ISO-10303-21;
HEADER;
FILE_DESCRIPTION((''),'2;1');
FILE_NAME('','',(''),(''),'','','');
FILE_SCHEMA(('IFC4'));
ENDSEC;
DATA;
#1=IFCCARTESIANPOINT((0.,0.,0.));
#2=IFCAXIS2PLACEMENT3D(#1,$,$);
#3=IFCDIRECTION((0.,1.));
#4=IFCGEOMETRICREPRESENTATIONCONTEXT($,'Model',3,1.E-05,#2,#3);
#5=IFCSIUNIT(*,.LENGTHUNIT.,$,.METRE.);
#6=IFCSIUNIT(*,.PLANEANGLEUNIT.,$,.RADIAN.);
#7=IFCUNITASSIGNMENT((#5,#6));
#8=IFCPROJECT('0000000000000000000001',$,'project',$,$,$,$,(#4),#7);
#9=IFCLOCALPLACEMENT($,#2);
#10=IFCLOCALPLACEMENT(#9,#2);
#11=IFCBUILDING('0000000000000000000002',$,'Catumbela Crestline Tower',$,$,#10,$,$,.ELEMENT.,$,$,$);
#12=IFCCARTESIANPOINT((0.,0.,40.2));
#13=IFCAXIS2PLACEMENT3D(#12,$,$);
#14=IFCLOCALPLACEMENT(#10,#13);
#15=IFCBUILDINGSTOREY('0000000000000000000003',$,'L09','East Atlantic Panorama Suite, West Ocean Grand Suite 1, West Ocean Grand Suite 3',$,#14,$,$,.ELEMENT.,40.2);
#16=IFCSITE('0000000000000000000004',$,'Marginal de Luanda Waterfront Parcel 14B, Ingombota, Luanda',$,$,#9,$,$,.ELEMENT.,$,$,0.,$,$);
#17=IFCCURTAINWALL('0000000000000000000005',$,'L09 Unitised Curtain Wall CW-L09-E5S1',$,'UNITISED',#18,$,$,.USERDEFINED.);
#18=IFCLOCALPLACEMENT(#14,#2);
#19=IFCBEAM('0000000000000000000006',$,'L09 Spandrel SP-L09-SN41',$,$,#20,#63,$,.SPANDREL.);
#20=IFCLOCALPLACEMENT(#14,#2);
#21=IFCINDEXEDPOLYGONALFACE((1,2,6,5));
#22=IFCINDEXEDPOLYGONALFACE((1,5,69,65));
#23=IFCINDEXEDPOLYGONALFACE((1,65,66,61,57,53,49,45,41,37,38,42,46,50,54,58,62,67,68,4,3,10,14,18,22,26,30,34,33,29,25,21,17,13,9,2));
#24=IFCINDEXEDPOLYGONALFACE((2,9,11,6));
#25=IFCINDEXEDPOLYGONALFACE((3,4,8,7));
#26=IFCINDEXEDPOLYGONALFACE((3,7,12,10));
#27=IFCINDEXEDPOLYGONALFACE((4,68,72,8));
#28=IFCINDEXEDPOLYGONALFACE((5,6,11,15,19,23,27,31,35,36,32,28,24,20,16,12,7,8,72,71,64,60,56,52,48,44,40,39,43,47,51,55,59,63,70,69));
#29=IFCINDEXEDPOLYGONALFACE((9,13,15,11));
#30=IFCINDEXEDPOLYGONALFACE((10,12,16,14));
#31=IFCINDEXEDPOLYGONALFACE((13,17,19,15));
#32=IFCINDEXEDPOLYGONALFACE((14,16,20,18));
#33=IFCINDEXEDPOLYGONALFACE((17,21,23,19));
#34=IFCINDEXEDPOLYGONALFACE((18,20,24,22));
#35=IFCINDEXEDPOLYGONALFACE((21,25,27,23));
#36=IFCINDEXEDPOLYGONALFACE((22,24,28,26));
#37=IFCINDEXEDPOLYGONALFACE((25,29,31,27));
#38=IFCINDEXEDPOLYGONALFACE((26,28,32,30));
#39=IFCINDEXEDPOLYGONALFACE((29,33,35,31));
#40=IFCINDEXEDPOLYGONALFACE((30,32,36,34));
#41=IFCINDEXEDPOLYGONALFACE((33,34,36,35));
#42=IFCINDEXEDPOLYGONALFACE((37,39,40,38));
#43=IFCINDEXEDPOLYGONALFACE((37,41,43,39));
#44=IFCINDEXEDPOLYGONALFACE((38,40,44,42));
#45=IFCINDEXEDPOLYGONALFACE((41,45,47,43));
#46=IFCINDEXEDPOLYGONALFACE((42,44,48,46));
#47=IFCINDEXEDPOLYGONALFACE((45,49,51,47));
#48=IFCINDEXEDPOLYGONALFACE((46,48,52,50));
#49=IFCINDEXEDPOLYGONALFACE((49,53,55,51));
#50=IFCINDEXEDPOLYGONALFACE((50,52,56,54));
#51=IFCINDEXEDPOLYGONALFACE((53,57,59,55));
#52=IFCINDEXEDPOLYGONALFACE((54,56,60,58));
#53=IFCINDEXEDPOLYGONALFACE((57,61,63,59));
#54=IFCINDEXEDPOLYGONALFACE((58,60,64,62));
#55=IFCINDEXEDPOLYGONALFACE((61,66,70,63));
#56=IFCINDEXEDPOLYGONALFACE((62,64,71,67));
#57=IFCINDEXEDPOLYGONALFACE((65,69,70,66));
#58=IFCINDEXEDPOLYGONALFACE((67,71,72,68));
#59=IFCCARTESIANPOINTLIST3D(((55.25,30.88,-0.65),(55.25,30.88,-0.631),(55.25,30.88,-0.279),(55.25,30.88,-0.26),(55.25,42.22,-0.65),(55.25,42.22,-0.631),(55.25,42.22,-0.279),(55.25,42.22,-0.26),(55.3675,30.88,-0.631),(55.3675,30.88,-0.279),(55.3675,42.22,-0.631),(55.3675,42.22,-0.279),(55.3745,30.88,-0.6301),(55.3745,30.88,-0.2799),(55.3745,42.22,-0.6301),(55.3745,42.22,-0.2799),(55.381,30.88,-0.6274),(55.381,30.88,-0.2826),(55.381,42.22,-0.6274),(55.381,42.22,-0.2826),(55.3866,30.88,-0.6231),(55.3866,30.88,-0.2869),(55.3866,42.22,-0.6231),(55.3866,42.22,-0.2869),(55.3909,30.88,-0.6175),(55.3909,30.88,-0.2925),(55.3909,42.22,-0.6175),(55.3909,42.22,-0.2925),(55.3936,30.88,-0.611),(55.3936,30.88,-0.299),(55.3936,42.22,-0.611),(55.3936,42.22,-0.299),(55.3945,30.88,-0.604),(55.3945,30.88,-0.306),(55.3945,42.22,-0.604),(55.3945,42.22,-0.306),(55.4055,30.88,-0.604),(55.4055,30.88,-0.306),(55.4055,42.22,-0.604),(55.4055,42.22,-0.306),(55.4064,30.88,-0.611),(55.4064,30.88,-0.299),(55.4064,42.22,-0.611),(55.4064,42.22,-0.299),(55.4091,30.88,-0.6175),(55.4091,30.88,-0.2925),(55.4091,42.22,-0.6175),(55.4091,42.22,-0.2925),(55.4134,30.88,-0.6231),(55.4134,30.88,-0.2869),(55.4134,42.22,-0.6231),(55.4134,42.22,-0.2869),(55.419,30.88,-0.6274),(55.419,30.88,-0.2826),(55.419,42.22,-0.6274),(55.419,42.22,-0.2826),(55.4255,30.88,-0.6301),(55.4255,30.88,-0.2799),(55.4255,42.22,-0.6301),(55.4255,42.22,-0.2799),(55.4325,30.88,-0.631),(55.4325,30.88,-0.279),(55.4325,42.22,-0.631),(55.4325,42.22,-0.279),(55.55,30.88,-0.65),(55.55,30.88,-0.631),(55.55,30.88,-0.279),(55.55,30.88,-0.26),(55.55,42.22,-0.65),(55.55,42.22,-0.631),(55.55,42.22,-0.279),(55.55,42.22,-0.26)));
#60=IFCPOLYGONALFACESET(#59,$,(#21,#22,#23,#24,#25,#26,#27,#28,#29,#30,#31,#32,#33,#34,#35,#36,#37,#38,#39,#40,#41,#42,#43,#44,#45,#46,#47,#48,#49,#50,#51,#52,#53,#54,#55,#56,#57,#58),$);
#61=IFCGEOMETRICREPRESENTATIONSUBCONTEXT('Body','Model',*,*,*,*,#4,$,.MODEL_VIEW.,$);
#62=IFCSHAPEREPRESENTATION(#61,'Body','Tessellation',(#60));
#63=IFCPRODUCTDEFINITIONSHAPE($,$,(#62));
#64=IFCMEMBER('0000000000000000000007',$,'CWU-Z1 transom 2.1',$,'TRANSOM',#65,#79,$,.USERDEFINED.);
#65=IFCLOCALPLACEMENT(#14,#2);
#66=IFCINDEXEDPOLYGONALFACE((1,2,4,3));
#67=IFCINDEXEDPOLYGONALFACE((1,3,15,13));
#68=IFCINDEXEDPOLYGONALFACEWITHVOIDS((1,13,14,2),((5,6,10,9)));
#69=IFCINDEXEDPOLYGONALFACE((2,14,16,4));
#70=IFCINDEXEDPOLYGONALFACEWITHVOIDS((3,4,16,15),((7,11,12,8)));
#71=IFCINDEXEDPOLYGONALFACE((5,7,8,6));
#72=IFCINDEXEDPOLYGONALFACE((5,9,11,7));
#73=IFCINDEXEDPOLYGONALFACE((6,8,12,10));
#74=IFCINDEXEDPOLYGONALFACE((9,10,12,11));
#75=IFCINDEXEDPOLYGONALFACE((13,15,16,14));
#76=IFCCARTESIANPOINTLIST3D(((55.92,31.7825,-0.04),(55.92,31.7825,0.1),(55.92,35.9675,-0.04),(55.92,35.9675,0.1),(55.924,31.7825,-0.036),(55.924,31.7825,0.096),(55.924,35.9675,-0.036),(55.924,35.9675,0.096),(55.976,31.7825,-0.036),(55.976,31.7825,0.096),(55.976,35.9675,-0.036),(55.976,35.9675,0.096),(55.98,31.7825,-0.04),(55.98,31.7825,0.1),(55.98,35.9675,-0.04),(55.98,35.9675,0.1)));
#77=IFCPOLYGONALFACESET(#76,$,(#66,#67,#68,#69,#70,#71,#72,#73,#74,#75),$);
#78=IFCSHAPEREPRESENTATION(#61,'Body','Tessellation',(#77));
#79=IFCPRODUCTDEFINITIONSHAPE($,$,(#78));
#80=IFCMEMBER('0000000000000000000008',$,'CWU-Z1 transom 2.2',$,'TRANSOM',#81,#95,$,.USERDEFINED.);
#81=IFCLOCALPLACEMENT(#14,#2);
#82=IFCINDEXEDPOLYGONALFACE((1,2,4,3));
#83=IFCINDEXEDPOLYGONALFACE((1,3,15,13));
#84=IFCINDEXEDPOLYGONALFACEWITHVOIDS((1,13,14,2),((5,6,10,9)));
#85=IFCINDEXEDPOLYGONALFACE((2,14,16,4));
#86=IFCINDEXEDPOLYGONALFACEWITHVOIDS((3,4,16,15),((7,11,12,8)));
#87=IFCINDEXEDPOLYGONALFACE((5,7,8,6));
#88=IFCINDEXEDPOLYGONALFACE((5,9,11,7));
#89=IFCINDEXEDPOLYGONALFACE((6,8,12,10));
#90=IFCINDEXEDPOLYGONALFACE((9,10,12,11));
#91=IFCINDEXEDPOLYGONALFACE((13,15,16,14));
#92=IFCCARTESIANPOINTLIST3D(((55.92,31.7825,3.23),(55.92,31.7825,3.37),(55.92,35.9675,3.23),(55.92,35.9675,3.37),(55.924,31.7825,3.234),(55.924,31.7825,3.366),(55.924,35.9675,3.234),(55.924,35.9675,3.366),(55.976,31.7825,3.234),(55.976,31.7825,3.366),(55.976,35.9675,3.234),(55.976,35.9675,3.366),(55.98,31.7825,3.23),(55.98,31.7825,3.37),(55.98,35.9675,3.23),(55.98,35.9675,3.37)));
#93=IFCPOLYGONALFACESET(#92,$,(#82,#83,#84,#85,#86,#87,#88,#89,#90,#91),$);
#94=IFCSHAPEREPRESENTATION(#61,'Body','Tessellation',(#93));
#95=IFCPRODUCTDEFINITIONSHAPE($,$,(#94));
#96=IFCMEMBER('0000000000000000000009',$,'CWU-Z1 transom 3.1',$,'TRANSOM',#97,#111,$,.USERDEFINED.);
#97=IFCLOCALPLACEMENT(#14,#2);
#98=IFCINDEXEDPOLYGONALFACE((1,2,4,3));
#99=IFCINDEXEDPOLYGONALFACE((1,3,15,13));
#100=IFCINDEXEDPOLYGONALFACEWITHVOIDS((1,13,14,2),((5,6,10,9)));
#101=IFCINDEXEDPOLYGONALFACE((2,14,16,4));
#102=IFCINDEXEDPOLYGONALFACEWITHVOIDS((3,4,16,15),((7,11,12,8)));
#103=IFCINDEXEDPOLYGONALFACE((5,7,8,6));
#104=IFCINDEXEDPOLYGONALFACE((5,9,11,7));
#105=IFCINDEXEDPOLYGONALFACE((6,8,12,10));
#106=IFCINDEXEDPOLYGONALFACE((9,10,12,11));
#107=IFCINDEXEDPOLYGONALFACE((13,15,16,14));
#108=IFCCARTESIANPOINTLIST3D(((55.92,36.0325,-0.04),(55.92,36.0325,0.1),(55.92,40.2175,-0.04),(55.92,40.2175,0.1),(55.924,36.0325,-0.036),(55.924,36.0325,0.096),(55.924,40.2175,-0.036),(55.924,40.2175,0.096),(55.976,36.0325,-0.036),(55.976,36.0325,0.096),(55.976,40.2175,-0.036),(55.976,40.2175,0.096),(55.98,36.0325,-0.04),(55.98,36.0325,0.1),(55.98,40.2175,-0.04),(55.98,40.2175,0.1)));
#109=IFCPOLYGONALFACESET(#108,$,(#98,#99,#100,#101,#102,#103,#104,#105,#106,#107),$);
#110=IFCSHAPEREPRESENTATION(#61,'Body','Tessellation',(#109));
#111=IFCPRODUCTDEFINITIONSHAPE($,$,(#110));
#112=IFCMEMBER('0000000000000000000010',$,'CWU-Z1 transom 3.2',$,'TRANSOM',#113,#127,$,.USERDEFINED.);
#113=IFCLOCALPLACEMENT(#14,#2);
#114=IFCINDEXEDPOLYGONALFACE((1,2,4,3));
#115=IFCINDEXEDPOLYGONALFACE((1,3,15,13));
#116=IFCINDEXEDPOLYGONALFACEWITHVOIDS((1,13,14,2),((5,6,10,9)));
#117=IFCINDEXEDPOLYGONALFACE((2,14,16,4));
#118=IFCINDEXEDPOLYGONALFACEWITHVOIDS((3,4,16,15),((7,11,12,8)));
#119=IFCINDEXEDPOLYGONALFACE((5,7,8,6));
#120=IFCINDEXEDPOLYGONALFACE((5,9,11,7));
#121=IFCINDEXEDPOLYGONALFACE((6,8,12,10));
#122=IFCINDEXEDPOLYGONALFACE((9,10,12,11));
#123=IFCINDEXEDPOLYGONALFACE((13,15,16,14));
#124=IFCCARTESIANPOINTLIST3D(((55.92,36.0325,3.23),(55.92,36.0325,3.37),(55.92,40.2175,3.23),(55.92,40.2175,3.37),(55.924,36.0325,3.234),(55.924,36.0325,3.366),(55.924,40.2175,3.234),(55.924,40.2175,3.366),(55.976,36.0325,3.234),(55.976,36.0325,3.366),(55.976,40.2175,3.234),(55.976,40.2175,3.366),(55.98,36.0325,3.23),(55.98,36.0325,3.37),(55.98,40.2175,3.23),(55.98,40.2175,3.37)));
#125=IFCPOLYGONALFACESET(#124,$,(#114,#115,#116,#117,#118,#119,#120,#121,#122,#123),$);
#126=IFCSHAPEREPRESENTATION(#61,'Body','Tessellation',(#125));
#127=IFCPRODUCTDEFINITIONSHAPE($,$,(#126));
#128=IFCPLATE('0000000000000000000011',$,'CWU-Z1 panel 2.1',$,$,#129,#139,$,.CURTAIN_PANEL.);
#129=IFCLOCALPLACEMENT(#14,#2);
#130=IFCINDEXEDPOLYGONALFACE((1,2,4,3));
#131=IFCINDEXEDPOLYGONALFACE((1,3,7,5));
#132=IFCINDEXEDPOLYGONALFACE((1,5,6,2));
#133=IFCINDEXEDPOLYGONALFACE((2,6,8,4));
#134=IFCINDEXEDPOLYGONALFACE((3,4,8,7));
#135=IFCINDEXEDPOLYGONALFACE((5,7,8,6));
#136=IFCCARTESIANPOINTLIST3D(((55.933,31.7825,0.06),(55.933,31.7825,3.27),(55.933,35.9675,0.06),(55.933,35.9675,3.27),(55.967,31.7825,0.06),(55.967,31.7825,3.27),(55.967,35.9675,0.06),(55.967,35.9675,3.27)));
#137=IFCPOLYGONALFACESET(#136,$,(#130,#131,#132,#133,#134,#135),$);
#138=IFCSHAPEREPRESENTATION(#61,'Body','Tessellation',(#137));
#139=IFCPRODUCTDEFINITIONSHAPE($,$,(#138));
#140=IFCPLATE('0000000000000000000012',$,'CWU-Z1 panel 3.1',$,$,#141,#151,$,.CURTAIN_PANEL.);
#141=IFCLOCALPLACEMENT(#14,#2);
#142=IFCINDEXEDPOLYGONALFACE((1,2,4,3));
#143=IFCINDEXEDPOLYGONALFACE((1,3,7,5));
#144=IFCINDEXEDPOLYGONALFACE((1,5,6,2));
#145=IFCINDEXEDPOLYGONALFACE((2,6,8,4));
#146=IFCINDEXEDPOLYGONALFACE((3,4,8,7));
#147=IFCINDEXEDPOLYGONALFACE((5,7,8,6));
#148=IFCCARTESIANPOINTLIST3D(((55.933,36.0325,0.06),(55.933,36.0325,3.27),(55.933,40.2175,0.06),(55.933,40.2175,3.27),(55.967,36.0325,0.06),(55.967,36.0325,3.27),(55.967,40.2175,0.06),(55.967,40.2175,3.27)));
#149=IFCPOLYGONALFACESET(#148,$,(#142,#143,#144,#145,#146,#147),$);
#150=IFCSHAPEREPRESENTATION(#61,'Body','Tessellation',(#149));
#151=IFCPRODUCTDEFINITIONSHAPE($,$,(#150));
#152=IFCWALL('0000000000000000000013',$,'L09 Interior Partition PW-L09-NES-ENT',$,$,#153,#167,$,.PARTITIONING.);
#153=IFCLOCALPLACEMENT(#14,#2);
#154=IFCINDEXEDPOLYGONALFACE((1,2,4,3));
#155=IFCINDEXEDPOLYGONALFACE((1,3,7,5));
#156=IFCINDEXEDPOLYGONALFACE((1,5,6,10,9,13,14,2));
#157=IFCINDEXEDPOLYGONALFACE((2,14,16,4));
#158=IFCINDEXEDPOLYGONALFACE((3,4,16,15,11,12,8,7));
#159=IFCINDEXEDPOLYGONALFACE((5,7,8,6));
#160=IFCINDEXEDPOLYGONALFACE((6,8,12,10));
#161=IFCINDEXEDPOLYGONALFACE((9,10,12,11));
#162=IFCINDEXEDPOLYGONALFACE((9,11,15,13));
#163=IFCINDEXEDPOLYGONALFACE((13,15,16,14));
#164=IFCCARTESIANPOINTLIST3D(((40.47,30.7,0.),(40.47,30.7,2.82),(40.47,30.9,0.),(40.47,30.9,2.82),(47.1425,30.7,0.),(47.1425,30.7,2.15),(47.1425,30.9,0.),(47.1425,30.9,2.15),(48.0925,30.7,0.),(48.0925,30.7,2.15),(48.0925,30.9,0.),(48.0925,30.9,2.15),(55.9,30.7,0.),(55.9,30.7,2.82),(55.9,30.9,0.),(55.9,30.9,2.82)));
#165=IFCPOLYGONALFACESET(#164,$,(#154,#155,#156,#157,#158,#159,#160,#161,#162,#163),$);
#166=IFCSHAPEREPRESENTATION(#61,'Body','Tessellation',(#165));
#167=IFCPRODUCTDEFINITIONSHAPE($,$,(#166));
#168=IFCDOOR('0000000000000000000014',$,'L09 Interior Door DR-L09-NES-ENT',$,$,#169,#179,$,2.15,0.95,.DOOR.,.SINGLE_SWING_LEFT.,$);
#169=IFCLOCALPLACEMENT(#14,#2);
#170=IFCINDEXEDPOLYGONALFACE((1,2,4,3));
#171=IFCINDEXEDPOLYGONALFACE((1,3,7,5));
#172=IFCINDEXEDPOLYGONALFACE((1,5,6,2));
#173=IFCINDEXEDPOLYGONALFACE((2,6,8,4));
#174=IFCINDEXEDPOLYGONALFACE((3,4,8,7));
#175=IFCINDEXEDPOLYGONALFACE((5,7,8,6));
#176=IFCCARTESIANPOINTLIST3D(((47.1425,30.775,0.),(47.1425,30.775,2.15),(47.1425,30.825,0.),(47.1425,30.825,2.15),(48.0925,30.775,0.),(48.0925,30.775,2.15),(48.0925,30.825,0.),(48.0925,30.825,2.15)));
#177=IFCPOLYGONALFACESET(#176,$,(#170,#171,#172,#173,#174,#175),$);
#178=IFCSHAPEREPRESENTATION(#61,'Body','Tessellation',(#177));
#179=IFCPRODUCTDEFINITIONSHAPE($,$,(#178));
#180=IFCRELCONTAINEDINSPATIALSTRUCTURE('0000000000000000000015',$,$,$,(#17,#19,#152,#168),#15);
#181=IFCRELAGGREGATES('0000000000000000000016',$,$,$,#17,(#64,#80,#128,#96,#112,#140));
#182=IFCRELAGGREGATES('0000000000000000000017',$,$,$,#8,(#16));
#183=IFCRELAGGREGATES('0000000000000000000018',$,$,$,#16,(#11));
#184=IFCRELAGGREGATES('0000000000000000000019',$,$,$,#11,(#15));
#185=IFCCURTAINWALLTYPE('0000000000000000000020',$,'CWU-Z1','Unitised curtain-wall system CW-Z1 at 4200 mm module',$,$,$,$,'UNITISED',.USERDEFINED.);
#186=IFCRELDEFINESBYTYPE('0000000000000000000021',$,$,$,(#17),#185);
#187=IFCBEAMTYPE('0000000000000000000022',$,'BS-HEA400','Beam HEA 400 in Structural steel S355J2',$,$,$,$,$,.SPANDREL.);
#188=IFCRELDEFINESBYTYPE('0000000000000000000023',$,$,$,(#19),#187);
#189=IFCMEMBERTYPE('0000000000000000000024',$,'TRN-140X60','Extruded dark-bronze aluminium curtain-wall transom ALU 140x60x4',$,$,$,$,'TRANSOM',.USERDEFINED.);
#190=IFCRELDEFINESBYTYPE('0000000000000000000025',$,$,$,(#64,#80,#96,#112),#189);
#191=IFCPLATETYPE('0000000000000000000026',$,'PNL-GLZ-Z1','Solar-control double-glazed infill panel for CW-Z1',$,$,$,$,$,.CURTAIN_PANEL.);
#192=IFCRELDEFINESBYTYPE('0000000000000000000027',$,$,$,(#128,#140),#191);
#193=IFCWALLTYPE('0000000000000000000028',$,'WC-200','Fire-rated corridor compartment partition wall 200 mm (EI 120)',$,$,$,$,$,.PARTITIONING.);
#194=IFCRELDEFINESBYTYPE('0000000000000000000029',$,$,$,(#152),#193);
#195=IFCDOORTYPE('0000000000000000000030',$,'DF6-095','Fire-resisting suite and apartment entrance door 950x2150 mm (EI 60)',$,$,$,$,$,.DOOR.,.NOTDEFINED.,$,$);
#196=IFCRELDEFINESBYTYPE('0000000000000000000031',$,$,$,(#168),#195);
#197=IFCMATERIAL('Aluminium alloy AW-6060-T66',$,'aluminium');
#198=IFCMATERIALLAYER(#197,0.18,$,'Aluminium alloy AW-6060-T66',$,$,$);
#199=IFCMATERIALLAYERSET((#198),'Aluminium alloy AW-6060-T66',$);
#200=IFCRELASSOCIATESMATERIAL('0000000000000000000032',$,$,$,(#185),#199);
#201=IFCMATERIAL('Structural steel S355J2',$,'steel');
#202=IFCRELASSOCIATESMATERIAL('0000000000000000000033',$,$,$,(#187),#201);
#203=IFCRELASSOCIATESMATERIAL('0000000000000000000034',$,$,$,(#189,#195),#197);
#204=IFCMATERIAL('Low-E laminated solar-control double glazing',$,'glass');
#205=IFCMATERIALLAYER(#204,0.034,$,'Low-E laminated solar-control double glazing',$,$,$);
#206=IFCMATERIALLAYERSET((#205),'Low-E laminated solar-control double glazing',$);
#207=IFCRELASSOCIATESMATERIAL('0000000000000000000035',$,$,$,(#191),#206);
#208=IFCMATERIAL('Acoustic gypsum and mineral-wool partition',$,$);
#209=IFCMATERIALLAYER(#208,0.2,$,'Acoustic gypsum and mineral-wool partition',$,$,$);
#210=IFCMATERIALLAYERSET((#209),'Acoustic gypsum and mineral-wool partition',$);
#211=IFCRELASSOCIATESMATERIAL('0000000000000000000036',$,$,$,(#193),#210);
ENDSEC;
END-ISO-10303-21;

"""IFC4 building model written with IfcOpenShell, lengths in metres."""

from ifc_helpers import new_model, si_unit, direction, frame, frame_2d, origin, origin_2d, place, context, subcontext, project, spatial, rectangle, hollow_rectangle, i_section, extrude, material, layer, layer_set, material_profile, profile_set, type_object, element, fill, aggregate, save


model = new_model("IFC4")

# Units and contexts
model_context = context("Model", 3, precision=1e-05, world=origin(), true_north=direction((0.0, 1.0)))
body_context = subcontext(model_context, "Body", "Model", "MODEL_VIEW")
ifc_project = project(units=[si_unit("LENGTHUNIT", "METRE"), si_unit("PLANEANGLEUNIT", "RADIAN")], contexts=[model_context])

# Site, building, storey
site_placement = place(None, origin())
site = spatial("IfcSite", under=ifc_project, at=site_placement, Name="Marginal de Luanda Waterfront Parcel 14B, Ingombota, Luanda", CompositionType="ELEMENT", RefElevation=0.0)
building_placement = place(site_placement, origin())
building = spatial("IfcBuilding", under=site, at=building_placement, Name="Catumbela Crestline Tower", CompositionType="ELEMENT")
storey_placement = place(building_placement, frame((0.0, 0.0, 40.2)))
storey = spatial("IfcBuildingStorey", under=building, at=storey_placement, Name="L09", Description="East Atlantic Panorama Suite, West Ocean Grand Suite 1, West Ocean Grand Suite 3", CompositionType="ELEMENT", Elevation=40.2)

# Shared definitions
ifc_material_1 = material(Name="Structural steel S355J2", Category="steel")

# Curtain wall
ifc_material_2 = material(Name="Aluminium alloy AW-6060-T66", Category="aluminium")
ifc_layer_1 = layer(ifc_material_2, 0.18, Name="Aluminium alloy AW-6060-T66")
ifc_layer_set_1 = layer_set([ifc_layer_1], Name="Aluminium alloy AW-6060-T66")
curtain_wall_type = type_object("IfcCurtainWallType", Name="CWU-Z1", Description="Unitised curtain-wall system CW-Z1 at 4200 mm module", ElementType="UNITISED", PredefinedType="USERDEFINED", material=ifc_layer_set_1)
curtain_wall_placement = place(storey_placement, origin())
curtain_wall = element("IfcCurtainWall", 1, at=curtain_wall_placement, inside=storey, type_object=curtain_wall_type, Name="L09 Unitised Curtain Wall CW-L09-E5S1", ObjectType="UNITISED", PredefinedType="USERDEFINED")

# Beam
ifc_material_profile_1 = material_profile(ifc_material_1, i_section(OverallWidth=0.3, OverallDepth=0.39, WebThickness=0.011, FlangeThickness=0.019, FilletRadius=0.027, at=origin_2d()), Name="HEA 400")
ifc_profile_set_1 = profile_set([ifc_material_profile_1], Name="Structural steel S355J2")
beam_type_1 = type_object("IfcBeamType", Name="BS-HEA400", Description="Beam HEA 400 in Structural steel S355J2", PredefinedType="SPANDREL", material=ifc_profile_set_1)
beam_1_placement = place(storey_placement, frame((55.4, 30.88, -0.455), z_axis=(0.0, 1.0, 0.0), x_axis=(-1.0, 0.0, 0.0)))
element("IfcBeam", 2, at=beam_1_placement, inside=storey, type_object=beam_type_1, Name="L09 Spandrel SP-L09-SN41", PredefinedType="SPANDREL", context=body_context, shape_type="SweptSolid", body=[
    extrude(i_section(OverallWidth=0.3, OverallDepth=0.39, WebThickness=0.011, FlangeThickness=0.019, FilletRadius=0.027, at=origin_2d()), origin(), (0.0, 0.0, 1.0), 11.34),
])

# Members
ifc_material_profile_2 = material_profile(ifc_material_2, hollow_rectangle(XDim=0.06, YDim=0.14, WallThickness=0.004, at=origin_2d()), Name="ALU 140x60x4")
ifc_profile_set_2 = profile_set([ifc_material_profile_2], Name="Aluminium alloy AW-6060-T66")
member_type_1 = type_object("IfcMemberType", Name="TRN-140X60", Description="Extruded dark-bronze aluminium curtain-wall transom ALU 140x60x4", ElementType="TRANSOM", PredefinedType="USERDEFINED", material=ifc_profile_set_2)
member_1_placement = place(storey_placement, frame((55.95, 31.7825, 0.03), z_axis=(0.0, 1.0, 0.0), x_axis=(-1.0, 0.0, 0.0)))
member_1 = element("IfcMember", 3, at=member_1_placement, type_object=member_type_1, Name="CWU-Z1 transom 2.1", ObjectType="TRANSOM", PredefinedType="USERDEFINED", context=body_context, shape_type="SweptSolid", body=[
    extrude(hollow_rectangle(XDim=0.06, YDim=0.14, WallThickness=0.004, at=origin_2d()), origin(), (0.0, 0.0, 1.0), 4.185),
])
member_2_placement = place(storey_placement, frame((55.95, 31.7825, 3.3), z_axis=(0.0, 1.0, 0.0), x_axis=(-1.0, 0.0, 0.0)))
member_2 = element("IfcMember", 4, at=member_2_placement, type_object=member_type_1, Name="CWU-Z1 transom 2.2", ObjectType="TRANSOM", PredefinedType="USERDEFINED", context=body_context, shape_type="SweptSolid", body=[
    extrude(hollow_rectangle(XDim=0.06, YDim=0.14, WallThickness=0.004, at=origin_2d()), origin(), (0.0, 0.0, 1.0), 4.185),
])
member_3_placement = place(storey_placement, frame((55.95, 36.0325, 0.03), z_axis=(0.0, 1.0, 0.0), x_axis=(-1.0, 0.0, 0.0)))
member_3 = element("IfcMember", 5, at=member_3_placement, type_object=member_type_1, Name="CWU-Z1 transom 3.1", ObjectType="TRANSOM", PredefinedType="USERDEFINED", context=body_context, shape_type="SweptSolid", body=[
    extrude(hollow_rectangle(XDim=0.06, YDim=0.14, WallThickness=0.004, at=origin_2d()), origin(), (0.0, 0.0, 1.0), 4.185),
])
member_4_placement = place(storey_placement, frame((55.95, 36.0325, 3.3), z_axis=(0.0, 1.0, 0.0), x_axis=(-1.0, 0.0, 0.0)))
member_4 = element("IfcMember", 6, at=member_4_placement, type_object=member_type_1, Name="CWU-Z1 transom 3.2", ObjectType="TRANSOM", PredefinedType="USERDEFINED", context=body_context, shape_type="SweptSolid", body=[
    extrude(hollow_rectangle(XDim=0.06, YDim=0.14, WallThickness=0.004, at=origin_2d()), origin(), (0.0, 0.0, 1.0), 4.185),
])

# Plates
ifc_material_3 = material(Name="Low-E laminated solar-control double glazing", Category="glass")
ifc_layer_2 = layer(ifc_material_3, 0.034, Name="Low-E laminated solar-control double glazing")
ifc_layer_set_2 = layer_set([ifc_layer_2], Name="Low-E laminated solar-control double glazing")
plate_type = type_object("IfcPlateType", Name="PNL-GLZ-Z1", Description="Solar-control double-glazed infill panel for CW-Z1", PredefinedType="CURTAIN_PANEL", material=ifc_layer_set_2)
plate_1_placement = place(storey_placement, frame((55.95, 33.875, 0.06), z_axis=(0.0, 0.0, 1.0), x_axis=(0.0, 1.0, 0.0)))
plate_1 = element("IfcPlate", 7, at=plate_1_placement, type_object=plate_type, Name="CWU-Z1 panel 2.1", PredefinedType="CURTAIN_PANEL", context=body_context, shape_type="SweptSolid", body=[
    extrude(rectangle(XDim=4.185, YDim=0.034, at=origin_2d()), origin(), (0.0, 0.0, 1.0), 3.21),
])
plate_2_placement = place(storey_placement, frame((55.95, 38.125, 0.06), z_axis=(0.0, 0.0, 1.0), x_axis=(0.0, 1.0, 0.0)))
plate_2 = element("IfcPlate", 8, at=plate_2_placement, type_object=plate_type, Name="CWU-Z1 panel 3.1", PredefinedType="CURTAIN_PANEL", context=body_context, shape_type="SweptSolid", body=[
    extrude(rectangle(XDim=4.185, YDim=0.034, at=origin_2d()), origin(), (0.0, 0.0, 1.0), 3.21),
])
aggregate(curtain_wall, [member_1, member_2, plate_1, member_3, member_4, plate_2])

# Wall, opening, door
ifc_material_4 = material(Name="Acoustic gypsum and mineral-wool partition")
ifc_layer_3 = layer(ifc_material_4, 0.2, Name="Acoustic gypsum and mineral-wool partition")
ifc_layer_set_3 = layer_set([ifc_layer_3], Name="Acoustic gypsum and mineral-wool partition")
wall_type_1 = type_object("IfcWallType", Name="WC-200", Description="Fire-rated corridor compartment partition wall 200 mm (EI 120)", PredefinedType="PARTITIONING", material=ifc_layer_set_3)
wall_1_placement = place(storey_placement, frame((40.47, 30.8, 0.0), z_axis=(0.0, 0.0, 1.0), x_axis=(1.0, 0.0, 0.0)))
wall_1 = element("IfcWall", 9, at=wall_1_placement, inside=storey, type_object=wall_type_1, Name="L09 Interior Partition PW-L09-NES-ENT", PredefinedType="PARTITIONING", context=body_context, shape_type="SweptSolid", body=[
    extrude(rectangle(XDim=15.43, YDim=0.2, at=frame_2d((7.715, 0.0))), origin(), (0.0, 0.0, 1.0), 2.82),
])
opening_1_placement = place(wall_1_placement, frame((6.6725, 0.0, 0.0)))
opening_1 = element("IfcOpeningElement", 10, at=opening_1_placement, cuts=wall_1, PredefinedType="OPENING", context=body_context, shape_type="SweptSolid", body=[
    extrude(rectangle(XDim=0.95, YDim=2.15, at=frame_2d((0.475, 1.075))), frame((0.0, 0.11, 0.0), z_axis=(0.0, -1.0, 0.0), x_axis=(1.0, 0.0, 0.0)), (0.0, 0.0, 1.0), 0.22),
])
door_type_1 = type_object("IfcDoorType", Name="DF6-095", Description="Fire-resisting suite and apartment entrance door 950x2150 mm (EI 60)", OperationType="NOTDEFINED", PredefinedType="DOOR", material=ifc_material_2)
door_1_placement = place(opening_1_placement, origin())
door_1 = element("IfcDoor", 11, at=door_1_placement, inside=storey, type_object=door_type_1, Name="L09 Interior Door DR-L09-NES-ENT", OperationType="SINGLE_SWING_LEFT", OverallHeight=2.15, OverallWidth=0.95, PredefinedType="DOOR", context=body_context, shape_type="SweptSolid", body=[
    extrude(rectangle(XDim=0.95, YDim=2.15, at=frame_2d((0.475, 1.075))), frame((0.0, 0.025, 0.0), z_axis=(0.0, -1.0, 0.0), x_axis=(1.0, 0.0, 0.0)), (0.0, 0.0, 1.0), 0.05),
])
fill(opening_1, door_1)

save(model, "model.ifc")
